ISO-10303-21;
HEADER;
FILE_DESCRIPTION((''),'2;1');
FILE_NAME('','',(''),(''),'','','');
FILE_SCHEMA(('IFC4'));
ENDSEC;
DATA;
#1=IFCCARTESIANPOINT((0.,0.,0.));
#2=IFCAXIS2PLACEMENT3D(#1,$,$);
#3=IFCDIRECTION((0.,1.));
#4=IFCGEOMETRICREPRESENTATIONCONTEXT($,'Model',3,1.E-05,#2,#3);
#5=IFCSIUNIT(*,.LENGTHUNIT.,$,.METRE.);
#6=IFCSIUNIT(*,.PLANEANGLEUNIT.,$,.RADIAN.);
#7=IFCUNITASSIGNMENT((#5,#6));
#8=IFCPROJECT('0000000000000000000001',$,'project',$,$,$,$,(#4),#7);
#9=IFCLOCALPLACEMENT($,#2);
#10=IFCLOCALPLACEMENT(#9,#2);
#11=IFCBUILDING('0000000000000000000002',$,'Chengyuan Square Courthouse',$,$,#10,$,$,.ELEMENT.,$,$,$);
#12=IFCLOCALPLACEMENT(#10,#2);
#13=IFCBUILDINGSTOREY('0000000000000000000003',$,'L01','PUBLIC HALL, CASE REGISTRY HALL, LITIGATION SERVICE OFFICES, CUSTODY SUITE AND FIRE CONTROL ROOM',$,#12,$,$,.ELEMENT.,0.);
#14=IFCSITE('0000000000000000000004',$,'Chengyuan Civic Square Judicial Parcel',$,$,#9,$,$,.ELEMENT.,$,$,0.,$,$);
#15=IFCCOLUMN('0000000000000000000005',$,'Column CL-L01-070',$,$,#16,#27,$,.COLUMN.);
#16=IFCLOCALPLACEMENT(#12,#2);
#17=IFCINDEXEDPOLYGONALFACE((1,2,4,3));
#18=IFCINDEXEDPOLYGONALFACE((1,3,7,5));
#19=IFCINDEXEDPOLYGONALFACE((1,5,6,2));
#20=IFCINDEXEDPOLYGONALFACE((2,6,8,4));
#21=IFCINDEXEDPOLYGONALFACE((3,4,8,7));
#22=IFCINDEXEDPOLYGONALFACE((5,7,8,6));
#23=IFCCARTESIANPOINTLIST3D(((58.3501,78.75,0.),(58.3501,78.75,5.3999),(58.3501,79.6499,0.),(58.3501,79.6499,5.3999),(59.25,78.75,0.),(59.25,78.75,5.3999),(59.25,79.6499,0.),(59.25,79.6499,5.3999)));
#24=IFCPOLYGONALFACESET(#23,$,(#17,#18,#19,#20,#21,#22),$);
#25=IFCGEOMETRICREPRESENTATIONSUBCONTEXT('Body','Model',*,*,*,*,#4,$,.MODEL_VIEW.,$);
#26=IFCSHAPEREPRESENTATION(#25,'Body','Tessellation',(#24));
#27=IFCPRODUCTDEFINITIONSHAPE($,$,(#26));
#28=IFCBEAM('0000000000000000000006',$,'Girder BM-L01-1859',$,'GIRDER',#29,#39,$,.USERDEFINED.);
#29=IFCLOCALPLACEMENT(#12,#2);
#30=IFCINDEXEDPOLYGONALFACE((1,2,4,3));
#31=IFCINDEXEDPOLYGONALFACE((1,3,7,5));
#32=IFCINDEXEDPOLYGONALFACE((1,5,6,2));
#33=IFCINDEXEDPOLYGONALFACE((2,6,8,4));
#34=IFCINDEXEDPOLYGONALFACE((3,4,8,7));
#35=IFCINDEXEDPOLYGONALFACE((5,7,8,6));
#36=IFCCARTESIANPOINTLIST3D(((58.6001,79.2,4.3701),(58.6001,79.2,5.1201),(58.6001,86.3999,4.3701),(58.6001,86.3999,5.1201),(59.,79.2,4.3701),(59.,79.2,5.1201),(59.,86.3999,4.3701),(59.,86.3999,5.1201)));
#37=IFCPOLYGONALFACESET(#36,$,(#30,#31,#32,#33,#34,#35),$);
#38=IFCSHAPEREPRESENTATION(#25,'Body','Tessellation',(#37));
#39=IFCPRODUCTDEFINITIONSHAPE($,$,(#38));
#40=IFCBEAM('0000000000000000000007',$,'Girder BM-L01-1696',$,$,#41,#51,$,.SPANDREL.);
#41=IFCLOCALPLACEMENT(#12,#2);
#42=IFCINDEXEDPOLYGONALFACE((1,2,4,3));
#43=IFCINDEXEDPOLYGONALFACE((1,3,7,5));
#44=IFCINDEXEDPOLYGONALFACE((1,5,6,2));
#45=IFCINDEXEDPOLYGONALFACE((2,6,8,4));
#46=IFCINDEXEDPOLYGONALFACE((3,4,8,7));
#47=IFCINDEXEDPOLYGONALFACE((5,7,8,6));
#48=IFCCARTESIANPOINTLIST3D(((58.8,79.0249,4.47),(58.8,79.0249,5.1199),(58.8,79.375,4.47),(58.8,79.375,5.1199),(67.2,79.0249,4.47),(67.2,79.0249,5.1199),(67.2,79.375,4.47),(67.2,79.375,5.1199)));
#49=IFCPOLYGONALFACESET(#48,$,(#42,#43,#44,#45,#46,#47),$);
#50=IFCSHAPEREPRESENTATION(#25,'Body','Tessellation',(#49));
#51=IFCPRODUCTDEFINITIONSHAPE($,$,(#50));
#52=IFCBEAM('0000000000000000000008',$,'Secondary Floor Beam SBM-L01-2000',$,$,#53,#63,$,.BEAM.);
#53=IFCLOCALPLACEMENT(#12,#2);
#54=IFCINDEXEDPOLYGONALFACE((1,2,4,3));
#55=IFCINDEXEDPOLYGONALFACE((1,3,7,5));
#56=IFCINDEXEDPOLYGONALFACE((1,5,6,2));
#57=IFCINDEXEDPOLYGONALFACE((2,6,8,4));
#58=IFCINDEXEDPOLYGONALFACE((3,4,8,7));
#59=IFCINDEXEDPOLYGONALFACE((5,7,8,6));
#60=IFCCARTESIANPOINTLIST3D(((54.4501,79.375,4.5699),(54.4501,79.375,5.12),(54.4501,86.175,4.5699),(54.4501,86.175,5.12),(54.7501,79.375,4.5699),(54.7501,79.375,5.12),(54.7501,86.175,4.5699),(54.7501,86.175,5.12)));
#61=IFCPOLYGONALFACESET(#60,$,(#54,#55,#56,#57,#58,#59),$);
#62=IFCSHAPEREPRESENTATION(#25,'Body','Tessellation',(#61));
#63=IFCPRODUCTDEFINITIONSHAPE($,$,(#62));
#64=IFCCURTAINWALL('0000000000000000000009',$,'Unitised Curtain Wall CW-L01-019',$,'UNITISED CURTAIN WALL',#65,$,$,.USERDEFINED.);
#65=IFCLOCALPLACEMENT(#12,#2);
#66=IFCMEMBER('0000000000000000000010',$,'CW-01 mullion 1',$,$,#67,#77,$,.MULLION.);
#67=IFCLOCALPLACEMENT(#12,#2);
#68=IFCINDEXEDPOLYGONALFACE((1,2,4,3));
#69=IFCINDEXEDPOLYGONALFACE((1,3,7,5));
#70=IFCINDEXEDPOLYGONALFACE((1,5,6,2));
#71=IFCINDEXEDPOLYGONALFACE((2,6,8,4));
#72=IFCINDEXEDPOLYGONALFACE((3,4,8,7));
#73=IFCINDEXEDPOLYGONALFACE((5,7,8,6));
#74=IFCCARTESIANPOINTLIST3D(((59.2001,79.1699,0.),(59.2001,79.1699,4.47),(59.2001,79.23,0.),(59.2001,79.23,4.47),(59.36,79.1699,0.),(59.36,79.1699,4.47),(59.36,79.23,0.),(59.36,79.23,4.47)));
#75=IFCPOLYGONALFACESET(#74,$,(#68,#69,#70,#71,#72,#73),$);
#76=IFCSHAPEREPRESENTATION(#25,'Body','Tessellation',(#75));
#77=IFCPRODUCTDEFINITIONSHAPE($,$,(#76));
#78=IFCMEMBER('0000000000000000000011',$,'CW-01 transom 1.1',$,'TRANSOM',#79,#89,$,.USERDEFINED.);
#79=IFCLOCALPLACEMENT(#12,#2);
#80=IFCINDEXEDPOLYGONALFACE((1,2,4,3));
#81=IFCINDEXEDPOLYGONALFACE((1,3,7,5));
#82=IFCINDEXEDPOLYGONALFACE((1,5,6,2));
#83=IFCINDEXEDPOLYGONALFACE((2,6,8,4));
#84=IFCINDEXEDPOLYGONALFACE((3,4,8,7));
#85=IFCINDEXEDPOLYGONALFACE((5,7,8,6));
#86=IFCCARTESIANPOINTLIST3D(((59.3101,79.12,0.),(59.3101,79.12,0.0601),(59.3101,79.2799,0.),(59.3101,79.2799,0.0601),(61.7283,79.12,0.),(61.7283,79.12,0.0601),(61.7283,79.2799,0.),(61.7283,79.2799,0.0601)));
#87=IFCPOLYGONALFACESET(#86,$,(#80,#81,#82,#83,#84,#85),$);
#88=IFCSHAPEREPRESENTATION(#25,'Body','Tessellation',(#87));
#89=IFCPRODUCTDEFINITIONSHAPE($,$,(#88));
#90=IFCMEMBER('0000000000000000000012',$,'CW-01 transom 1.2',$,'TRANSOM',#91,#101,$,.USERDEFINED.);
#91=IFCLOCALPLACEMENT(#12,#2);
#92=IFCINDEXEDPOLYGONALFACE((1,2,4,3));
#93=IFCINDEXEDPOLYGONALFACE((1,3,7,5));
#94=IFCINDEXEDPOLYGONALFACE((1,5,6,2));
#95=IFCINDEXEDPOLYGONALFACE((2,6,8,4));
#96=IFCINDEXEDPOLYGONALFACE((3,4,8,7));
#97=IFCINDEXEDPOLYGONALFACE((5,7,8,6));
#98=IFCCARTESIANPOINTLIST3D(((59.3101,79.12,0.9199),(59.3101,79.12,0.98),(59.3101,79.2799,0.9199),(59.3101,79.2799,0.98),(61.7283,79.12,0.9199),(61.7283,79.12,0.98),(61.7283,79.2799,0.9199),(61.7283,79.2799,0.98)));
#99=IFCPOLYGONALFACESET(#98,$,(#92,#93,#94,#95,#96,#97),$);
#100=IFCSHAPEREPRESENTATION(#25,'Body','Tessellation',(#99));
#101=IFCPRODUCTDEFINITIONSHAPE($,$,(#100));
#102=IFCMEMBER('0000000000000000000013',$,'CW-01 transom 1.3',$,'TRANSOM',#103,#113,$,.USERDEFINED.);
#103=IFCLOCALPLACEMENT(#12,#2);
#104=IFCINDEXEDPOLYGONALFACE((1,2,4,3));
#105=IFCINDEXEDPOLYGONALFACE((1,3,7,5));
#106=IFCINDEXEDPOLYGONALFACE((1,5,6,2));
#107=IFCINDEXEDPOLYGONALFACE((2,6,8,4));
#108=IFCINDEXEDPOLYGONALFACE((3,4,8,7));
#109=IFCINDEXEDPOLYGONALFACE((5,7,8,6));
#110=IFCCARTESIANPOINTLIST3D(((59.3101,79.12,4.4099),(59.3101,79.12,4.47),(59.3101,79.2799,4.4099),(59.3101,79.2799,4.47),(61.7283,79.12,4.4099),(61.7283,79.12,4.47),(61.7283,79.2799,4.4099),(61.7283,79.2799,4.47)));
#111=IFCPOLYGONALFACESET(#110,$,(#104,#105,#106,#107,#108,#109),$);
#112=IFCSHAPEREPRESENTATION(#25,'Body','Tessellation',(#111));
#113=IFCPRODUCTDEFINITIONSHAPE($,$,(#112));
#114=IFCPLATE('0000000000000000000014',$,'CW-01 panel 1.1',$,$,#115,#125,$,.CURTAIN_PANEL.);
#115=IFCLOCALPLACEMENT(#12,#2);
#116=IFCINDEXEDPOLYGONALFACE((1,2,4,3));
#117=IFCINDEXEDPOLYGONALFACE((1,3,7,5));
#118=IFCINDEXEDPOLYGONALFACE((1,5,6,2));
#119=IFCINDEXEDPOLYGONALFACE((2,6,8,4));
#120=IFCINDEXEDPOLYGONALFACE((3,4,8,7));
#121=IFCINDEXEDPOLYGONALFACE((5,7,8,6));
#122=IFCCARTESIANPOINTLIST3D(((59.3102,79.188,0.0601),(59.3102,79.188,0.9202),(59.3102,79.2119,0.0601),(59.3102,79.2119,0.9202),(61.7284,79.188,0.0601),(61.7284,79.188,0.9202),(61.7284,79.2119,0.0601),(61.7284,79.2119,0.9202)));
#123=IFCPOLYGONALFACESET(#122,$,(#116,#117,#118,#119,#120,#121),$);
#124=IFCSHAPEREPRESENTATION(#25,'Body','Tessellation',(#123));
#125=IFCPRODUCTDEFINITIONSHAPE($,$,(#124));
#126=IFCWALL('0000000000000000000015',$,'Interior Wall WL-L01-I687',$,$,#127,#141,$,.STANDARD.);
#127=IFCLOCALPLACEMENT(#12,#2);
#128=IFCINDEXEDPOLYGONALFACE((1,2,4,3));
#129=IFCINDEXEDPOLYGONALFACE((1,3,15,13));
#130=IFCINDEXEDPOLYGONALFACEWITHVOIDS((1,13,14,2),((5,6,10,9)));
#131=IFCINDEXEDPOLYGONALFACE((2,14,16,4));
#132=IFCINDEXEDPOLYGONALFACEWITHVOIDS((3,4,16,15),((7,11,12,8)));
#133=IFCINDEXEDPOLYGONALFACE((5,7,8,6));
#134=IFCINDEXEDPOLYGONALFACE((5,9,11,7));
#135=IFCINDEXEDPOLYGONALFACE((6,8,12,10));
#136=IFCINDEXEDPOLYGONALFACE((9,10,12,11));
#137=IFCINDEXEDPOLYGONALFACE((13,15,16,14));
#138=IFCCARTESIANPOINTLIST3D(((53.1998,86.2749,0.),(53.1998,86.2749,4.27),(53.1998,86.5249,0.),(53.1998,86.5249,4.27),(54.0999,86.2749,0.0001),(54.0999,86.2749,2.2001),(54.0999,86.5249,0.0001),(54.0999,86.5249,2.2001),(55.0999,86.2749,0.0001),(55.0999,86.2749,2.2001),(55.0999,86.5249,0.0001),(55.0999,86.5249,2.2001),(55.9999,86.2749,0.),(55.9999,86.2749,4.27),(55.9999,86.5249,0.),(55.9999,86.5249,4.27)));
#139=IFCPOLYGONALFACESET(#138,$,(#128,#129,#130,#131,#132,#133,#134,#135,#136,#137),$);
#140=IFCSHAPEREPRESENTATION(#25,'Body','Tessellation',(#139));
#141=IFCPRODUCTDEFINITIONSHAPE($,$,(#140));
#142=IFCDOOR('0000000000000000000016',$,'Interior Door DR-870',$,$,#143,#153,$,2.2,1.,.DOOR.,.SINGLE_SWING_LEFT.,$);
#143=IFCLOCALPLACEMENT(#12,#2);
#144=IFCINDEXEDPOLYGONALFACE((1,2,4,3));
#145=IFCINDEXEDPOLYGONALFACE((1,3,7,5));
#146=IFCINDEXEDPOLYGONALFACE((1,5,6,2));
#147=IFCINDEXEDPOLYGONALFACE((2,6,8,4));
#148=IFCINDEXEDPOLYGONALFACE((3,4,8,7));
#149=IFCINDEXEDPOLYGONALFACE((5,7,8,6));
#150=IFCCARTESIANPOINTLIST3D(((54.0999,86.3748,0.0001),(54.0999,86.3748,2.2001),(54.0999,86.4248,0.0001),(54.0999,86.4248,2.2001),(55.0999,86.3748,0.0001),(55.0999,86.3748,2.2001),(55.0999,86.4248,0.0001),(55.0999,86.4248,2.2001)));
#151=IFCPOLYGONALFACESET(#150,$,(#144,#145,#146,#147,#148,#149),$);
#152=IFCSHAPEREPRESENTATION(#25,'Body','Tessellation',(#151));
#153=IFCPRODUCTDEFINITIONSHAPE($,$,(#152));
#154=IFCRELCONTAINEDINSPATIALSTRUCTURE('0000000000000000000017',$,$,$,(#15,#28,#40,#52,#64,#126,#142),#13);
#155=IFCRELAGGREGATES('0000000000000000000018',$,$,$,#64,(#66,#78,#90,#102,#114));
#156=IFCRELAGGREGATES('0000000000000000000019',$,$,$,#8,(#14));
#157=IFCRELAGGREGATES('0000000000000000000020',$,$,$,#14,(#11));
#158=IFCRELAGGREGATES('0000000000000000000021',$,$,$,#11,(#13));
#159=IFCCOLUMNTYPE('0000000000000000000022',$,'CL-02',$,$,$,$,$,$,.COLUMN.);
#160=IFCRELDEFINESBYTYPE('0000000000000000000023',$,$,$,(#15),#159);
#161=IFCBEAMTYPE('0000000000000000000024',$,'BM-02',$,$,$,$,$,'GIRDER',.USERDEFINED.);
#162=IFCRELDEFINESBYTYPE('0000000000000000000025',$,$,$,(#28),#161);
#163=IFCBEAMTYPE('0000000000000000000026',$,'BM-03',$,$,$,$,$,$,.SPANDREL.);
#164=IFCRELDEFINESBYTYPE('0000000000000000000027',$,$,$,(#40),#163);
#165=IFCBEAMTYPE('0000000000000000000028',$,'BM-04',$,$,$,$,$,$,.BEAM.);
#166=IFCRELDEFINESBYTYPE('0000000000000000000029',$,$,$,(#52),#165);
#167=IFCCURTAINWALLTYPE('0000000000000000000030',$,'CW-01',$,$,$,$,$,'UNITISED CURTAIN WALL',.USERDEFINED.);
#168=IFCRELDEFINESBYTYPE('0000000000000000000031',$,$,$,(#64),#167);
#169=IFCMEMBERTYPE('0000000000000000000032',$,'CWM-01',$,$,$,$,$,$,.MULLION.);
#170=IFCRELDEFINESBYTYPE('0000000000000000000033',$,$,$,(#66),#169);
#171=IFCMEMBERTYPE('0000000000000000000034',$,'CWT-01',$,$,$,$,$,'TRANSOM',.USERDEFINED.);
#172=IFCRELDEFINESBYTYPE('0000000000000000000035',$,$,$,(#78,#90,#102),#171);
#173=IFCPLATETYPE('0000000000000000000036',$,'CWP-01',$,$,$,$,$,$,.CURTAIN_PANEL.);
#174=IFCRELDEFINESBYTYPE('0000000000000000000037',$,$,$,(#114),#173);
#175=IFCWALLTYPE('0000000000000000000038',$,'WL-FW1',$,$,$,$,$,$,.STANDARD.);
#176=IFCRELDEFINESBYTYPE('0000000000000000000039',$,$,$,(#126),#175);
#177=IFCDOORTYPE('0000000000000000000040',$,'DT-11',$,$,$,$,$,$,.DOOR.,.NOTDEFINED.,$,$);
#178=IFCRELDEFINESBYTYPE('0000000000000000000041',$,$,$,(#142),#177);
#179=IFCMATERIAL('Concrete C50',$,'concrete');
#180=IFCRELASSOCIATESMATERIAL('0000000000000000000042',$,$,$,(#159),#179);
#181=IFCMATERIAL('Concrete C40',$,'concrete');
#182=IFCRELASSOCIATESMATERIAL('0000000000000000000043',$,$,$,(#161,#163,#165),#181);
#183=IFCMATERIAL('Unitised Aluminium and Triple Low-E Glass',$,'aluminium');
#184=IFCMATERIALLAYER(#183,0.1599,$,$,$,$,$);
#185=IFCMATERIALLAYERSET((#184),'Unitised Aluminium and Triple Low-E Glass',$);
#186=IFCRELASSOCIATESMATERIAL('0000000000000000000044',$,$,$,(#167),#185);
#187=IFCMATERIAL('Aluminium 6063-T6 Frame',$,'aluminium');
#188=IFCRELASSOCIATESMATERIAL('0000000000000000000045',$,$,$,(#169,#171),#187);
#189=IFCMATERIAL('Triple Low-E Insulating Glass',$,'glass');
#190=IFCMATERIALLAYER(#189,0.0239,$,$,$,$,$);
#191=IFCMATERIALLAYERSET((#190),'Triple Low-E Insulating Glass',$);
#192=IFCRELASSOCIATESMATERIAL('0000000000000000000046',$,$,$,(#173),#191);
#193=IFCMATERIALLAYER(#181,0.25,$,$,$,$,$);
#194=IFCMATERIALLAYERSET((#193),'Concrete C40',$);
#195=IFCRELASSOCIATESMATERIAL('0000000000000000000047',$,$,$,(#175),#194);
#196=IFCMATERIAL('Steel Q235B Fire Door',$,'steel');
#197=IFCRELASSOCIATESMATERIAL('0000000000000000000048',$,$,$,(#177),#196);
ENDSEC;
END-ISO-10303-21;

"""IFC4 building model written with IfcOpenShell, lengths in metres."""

from ifc_helpers import new_model, si_unit, direction, frame, frame_2d, origin, origin_2d, place, context, subcontext, project, spatial, rectangle, extrude, material, layer, layer_set, material_profile, profile_set, type_object, element, fill, aggregate, save


model = new_model("IFC4")

# Units and contexts
model_context = context("Model", 3, precision=1e-05, world=origin(), true_north=direction((0.0, 1.0)))
body_context = subcontext(model_context, "Body", "Model", "MODEL_VIEW")
ifc_project = project(units=[si_unit("LENGTHUNIT", "METRE"), si_unit("PLANEANGLEUNIT", "RADIAN")], contexts=[model_context])

# Site, building, storey
site_placement = place(None, origin())
site = spatial("IfcSite", under=ifc_project, at=site_placement, Name="Chengyuan Civic Square Judicial Parcel", CompositionType="ELEMENT", RefElevation=0.0)
building_placement = place(site_placement, origin())
building = spatial("IfcBuilding", under=site, at=building_placement, Name="Chengyuan Square Courthouse", CompositionType="ELEMENT")
storey_placement = place(building_placement, origin())
storey = spatial("IfcBuildingStorey", under=building, at=storey_placement, Name="L01", Description="PUBLIC HALL, CASE REGISTRY HALL, LITIGATION SERVICE OFFICES, CUSTODY SUITE AND FIRE CONTROL ROOM", CompositionType="ELEMENT", Elevation=0.0)

# Column
ifc_material_1 = material(Name="Concrete C50", Category="concrete")
ifc_material_profile_1 = material_profile(ifc_material_1, rectangle(XDim=0.8999, YDim=0.8999, at=origin_2d()), Name="RC-COL-900x900")
ifc_profile_set_1 = profile_set([ifc_material_profile_1], Name="Concrete C50")
column_type = type_object("IfcColumnType", Name="CL-02", PredefinedType="COLUMN", material=ifc_profile_set_1)
column_placement = place(storey_placement, frame((58.8, 79.2, 0.0), z_axis=(0.0, 0.0, 1.0), x_axis=(1.0, 0.0, 0.0)))
element("IfcColumn", 1, at=column_placement, inside=storey, type_object=column_type, Name="Column CL-L01-070", PredefinedType="COLUMN", context=body_context, shape_type="SweptSolid", body=[
    extrude(rectangle(XDim=0.8999, YDim=0.8999, at=origin_2d()), origin(), (0.0, 0.0, 1.0), 5.3999),
])

# Beams
ifc_material_2 = material(Name="Concrete C40", Category="concrete")
ifc_material_profile_2 = material_profile(ifc_material_2, rectangle(XDim=0.3999, YDim=0.75, at=origin_2d()), Name="RC-BM-400x750")
ifc_profile_set_2 = profile_set([ifc_material_profile_2], Name="Concrete C40")
beam_type_1 = type_object("IfcBeamType", Name="BM-02", ElementType="GIRDER", PredefinedType="USERDEFINED", material=ifc_profile_set_2)
beam_1_placement = place(storey_placement, frame((58.8, 79.2, 4.7451), z_axis=(0.0, 1.0, 0.0), x_axis=(-1.0, 0.0, 0.0)))
element("IfcBeam", 2, at=beam_1_placement, inside=storey, type_object=beam_type_1, Name="Girder BM-L01-1859", ObjectType="GIRDER", PredefinedType="USERDEFINED", context=body_context, shape_type="SweptSolid", body=[
    extrude(rectangle(XDim=0.3999, YDim=0.75, at=origin_2d()), origin(), (0.0, 0.0, 1.0), 7.2),
])
ifc_material_profile_3 = material_profile(ifc_material_2, rectangle(XDim=0.3501, YDim=0.6499, at=origin_2d()), Name="RC-BM-350x650")
ifc_profile_set_3 = profile_set([ifc_material_profile_3], Name="Concrete C40")
beam_type_2 = type_object("IfcBeamType", Name="BM-03", PredefinedType="SPANDREL", material=ifc_profile_set_3)
beam_2_placement = place(storey_placement, frame((58.8, 79.2, 4.7949), z_axis=(1.0, 0.0, 0.0), x_axis=(0.0, 1.0, 0.0)))
element("IfcBeam", 3, at=beam_2_placement, inside=storey, type_object=beam_type_2, Name="Girder BM-L01-1696", PredefinedType="SPANDREL", context=body_context, shape_type="SweptSolid", body=[
    extrude(rectangle(XDim=0.3501, YDim=0.6499, at=origin_2d()), origin(), (0.0, 0.0, 1.0), 8.3999),
])
ifc_material_profile_4 = material_profile(ifc_material_2, rectangle(XDim=0.3, YDim=0.55, at=origin_2d()), Name="RC-BM-300x550")
ifc_profile_set_4 = profile_set([ifc_material_profile_4], Name="Concrete C40")
beam_type_3 = type_object("IfcBeamType", Name="BM-04", PredefinedType="BEAM", material=ifc_profile_set_4)
beam_3_placement = place(storey_placement, frame((54.6001, 79.375, 4.845), z_axis=(0.0, 1.0, 0.0), x_axis=(-1.0, 0.0, 0.0)))
element("IfcBeam", 4, at=beam_3_placement, inside=storey, type_object=beam_type_3, Name="Secondary Floor Beam SBM-L01-2000", PredefinedType="BEAM", context=body_context, shape_type="SweptSolid", body=[
    extrude(rectangle(XDim=0.3, YDim=0.55, at=origin_2d()), origin(), (0.0, 0.0, 1.0), 6.8),
])

# Curtain wall, members, plate
ifc_material_3 = material(Name="Unitised Aluminium and Triple Low-E Glass", Category="aluminium")
ifc_layer_1 = layer(ifc_material_3, 0.1599)
ifc_layer_set_1 = layer_set([ifc_layer_1], Name="Unitised Aluminium and Triple Low-E Glass")
curtain_wall_type = type_object("IfcCurtainWallType", Name="CW-01", ElementType="UNITISED CURTAIN WALL", PredefinedType="USERDEFINED", material=ifc_layer_set_1)
curtain_wall_placement = place(storey_placement, origin())
curtain_wall = element("IfcCurtainWall", 5, at=curtain_wall_placement, inside=storey, type_object=curtain_wall_type, Name="Unitised Curtain Wall CW-L01-019", ObjectType="UNITISED CURTAIN WALL", PredefinedType="USERDEFINED")
ifc_material_4 = material(Name="Aluminium 6063-T6 Frame", Category="aluminium")
ifc_material_profile_5 = material_profile(ifc_material_4, rectangle(XDim=0.0601, YDim=0.1599, at=origin_2d()), Name="CW-MUL-60x160")
ifc_profile_set_5 = profile_set([ifc_material_profile_5], Name="Aluminium 6063-T6 Frame")
member_type_1 = type_object("IfcMemberType", Name="CWM-01", PredefinedType="MULLION", material=ifc_profile_set_5)
member_1_placement = place(storey_placement, frame((59.28, 79.2, 0.0), z_axis=(0.0, 0.0, 1.0), x_axis=(0.0, 1.0, 0.0)))
member_1 = element("IfcMember", 6, at=member_1_placement, type_object=member_type_1, Name="CW-01 mullion 1", PredefinedType="MULLION", context=body_context, shape_type="SweptSolid", body=[
    extrude(rectangle(XDim=0.0601, YDim=0.1599, at=origin_2d()), origin(), (0.0, 0.0, 1.0), 4.47),
])
ifc_material_profile_6 = material_profile(ifc_material_4, rectangle(XDim=0.1599, YDim=0.0601, at=origin_2d()), Name="CW-TRN-60x120")
ifc_profile_set_6 = profile_set([ifc_material_profile_6], Name="Aluminium 6063-T6 Frame")
member_type_2 = type_object("IfcMemberType", Name="CWT-01", ElementType="TRANSOM", PredefinedType="USERDEFINED", material=ifc_profile_set_6)
member_2_placement = place(storey_placement, frame((59.3101, 79.2, 0.03), z_axis=(1.0, 0.0, 0.0), x_axis=(0.0, 1.0, 0.0)))
member_2 = element("IfcMember", 7, at=member_2_placement, type_object=member_type_2, Name="CW-01 transom 1.1", ObjectType="TRANSOM", PredefinedType="USERDEFINED", context=body_context, shape_type="SweptSolid", body=[
    extrude(rectangle(XDim=0.1599, YDim=0.0601, at=origin_2d()), origin(), (0.0, 0.0, 1.0), 2.4182),
])
member_3_placement = place(storey_placement, frame((59.3101, 79.2, 0.95), z_axis=(1.0, 0.0, 0.0), x_axis=(0.0, 1.0, 0.0)))
member_3 = element("IfcMember", 8, at=member_3_placement, type_object=member_type_2, Name="CW-01 transom 1.2", ObjectType="TRANSOM", PredefinedType="USERDEFINED", context=body_context, shape_type="SweptSolid", body=[
    extrude(rectangle(XDim=0.1599, YDim=0.0601, at=origin_2d()), origin(), (0.0, 0.0, 1.0), 2.4182),
])
member_4_placement = place(storey_placement, frame((59.3101, 79.2, 4.4399), z_axis=(1.0, 0.0, 0.0), x_axis=(0.0, 1.0, 0.0)))
member_4 = element("IfcMember", 9, at=member_4_placement, type_object=member_type_2, Name="CW-01 transom 1.3", ObjectType="TRANSOM", PredefinedType="USERDEFINED", context=body_context, shape_type="SweptSolid", body=[
    extrude(rectangle(XDim=0.1599, YDim=0.0601, at=origin_2d()), origin(), (0.0, 0.0, 1.0), 2.4182),
])
ifc_material_5 = material(Name="Triple Low-E Insulating Glass", Category="glass")
ifc_layer_2 = layer(ifc_material_5, 0.0239)
ifc_layer_set_2 = layer_set([ifc_layer_2], Name="Triple Low-E Insulating Glass")
plate_type = type_object("IfcPlateType", Name="CWP-01", PredefinedType="CURTAIN_PANEL", material=ifc_layer_set_2)
plate_placement = place(storey_placement, frame((60.5193, 79.2, 0.0601), z_axis=(0.0, 0.0, 1.0), x_axis=(1.0, 0.0, 0.0)))
plate = element("IfcPlate", 10, at=plate_placement, type_object=plate_type, Name="CW-01 panel 1.1", PredefinedType="CURTAIN_PANEL", context=body_context, shape_type="SweptSolid", body=[
    extrude(rectangle(XDim=2.4182, YDim=0.0239, at=origin_2d()), origin(), (0.0, 0.0, 1.0), 0.8601),
])
aggregate(curtain_wall, [member_1, member_2, member_3, member_4, plate])

# Wall, opening, door
ifc_layer_3 = layer(ifc_material_2, 0.25)
ifc_layer_set_3 = layer_set([ifc_layer_3], Name="Concrete C40")
wall_type_1 = type_object("IfcWallType", Name="WL-FW1", PredefinedType="STANDARD", material=ifc_layer_set_3)
ifc_material_6 = material(Name="Steel Q235B Fire Door", Category="steel")
wall_1_placement = place(storey_placement, frame((53.2, 86.3999, 0.0), z_axis=(0.0, 0.0, 1.0), x_axis=(1.0, 0.0, 0.0)))
wall_1 = element("IfcWall", 11, at=wall_1_placement, inside=storey, type_object=wall_type_1, Name="Interior Wall WL-L01-I687", PredefinedType="STANDARD", context=body_context, shape_type="SweptSolid", body=[
    extrude(rectangle(XDim=2.8, YDim=0.25, at=frame_2d((1.3999, 0.0))), origin(), (0.0, 0.0, 1.0), 4.27),
])
opening_1_placement = place(wall_1_placement, frame((0.8999, 0.0, 0.0)))
opening_1 = element("IfcOpeningElement", 12, at=opening_1_placement, cuts=wall_1, PredefinedType="OPENING", context=body_context, shape_type="SweptSolid", body=[
    extrude(rectangle(XDim=1.0, YDim=2.2, at=frame_2d((0.5, 1.1001))), frame((0.0, 0.137, 0.0), z_axis=(0.0, -1.0, 0.0), x_axis=(1.0, 0.0, 0.0)), (0.0, 0.0, 1.0), 0.2739),
])
door_type_1 = type_object("IfcDoorType", Name="DT-11", OperationType="NOTDEFINED", PredefinedType="DOOR", material=ifc_material_6)
door_1_placement = place(opening_1_placement, origin())
door_1 = element("IfcDoor", 13, at=door_1_placement, inside=storey, type_object=door_type_1, Name="Interior Door DR-870", OperationType="SINGLE_SWING_LEFT", OverallHeight=2.2, OverallWidth=1.0, PredefinedType="DOOR", context=body_context, shape_type="SweptSolid", body=[
    extrude(rectangle(XDim=1.0, YDim=2.2, at=frame_2d((0.5, 1.1001))), frame((0.0, 0.0249, 0.0), z_axis=(0.0, -1.0, 0.0), x_axis=(1.0, 0.0, 0.0)), (0.0, 0.0, 1.0), 0.05),
])
fill(opening_1, door_1)

save(model, "model.ifc")
